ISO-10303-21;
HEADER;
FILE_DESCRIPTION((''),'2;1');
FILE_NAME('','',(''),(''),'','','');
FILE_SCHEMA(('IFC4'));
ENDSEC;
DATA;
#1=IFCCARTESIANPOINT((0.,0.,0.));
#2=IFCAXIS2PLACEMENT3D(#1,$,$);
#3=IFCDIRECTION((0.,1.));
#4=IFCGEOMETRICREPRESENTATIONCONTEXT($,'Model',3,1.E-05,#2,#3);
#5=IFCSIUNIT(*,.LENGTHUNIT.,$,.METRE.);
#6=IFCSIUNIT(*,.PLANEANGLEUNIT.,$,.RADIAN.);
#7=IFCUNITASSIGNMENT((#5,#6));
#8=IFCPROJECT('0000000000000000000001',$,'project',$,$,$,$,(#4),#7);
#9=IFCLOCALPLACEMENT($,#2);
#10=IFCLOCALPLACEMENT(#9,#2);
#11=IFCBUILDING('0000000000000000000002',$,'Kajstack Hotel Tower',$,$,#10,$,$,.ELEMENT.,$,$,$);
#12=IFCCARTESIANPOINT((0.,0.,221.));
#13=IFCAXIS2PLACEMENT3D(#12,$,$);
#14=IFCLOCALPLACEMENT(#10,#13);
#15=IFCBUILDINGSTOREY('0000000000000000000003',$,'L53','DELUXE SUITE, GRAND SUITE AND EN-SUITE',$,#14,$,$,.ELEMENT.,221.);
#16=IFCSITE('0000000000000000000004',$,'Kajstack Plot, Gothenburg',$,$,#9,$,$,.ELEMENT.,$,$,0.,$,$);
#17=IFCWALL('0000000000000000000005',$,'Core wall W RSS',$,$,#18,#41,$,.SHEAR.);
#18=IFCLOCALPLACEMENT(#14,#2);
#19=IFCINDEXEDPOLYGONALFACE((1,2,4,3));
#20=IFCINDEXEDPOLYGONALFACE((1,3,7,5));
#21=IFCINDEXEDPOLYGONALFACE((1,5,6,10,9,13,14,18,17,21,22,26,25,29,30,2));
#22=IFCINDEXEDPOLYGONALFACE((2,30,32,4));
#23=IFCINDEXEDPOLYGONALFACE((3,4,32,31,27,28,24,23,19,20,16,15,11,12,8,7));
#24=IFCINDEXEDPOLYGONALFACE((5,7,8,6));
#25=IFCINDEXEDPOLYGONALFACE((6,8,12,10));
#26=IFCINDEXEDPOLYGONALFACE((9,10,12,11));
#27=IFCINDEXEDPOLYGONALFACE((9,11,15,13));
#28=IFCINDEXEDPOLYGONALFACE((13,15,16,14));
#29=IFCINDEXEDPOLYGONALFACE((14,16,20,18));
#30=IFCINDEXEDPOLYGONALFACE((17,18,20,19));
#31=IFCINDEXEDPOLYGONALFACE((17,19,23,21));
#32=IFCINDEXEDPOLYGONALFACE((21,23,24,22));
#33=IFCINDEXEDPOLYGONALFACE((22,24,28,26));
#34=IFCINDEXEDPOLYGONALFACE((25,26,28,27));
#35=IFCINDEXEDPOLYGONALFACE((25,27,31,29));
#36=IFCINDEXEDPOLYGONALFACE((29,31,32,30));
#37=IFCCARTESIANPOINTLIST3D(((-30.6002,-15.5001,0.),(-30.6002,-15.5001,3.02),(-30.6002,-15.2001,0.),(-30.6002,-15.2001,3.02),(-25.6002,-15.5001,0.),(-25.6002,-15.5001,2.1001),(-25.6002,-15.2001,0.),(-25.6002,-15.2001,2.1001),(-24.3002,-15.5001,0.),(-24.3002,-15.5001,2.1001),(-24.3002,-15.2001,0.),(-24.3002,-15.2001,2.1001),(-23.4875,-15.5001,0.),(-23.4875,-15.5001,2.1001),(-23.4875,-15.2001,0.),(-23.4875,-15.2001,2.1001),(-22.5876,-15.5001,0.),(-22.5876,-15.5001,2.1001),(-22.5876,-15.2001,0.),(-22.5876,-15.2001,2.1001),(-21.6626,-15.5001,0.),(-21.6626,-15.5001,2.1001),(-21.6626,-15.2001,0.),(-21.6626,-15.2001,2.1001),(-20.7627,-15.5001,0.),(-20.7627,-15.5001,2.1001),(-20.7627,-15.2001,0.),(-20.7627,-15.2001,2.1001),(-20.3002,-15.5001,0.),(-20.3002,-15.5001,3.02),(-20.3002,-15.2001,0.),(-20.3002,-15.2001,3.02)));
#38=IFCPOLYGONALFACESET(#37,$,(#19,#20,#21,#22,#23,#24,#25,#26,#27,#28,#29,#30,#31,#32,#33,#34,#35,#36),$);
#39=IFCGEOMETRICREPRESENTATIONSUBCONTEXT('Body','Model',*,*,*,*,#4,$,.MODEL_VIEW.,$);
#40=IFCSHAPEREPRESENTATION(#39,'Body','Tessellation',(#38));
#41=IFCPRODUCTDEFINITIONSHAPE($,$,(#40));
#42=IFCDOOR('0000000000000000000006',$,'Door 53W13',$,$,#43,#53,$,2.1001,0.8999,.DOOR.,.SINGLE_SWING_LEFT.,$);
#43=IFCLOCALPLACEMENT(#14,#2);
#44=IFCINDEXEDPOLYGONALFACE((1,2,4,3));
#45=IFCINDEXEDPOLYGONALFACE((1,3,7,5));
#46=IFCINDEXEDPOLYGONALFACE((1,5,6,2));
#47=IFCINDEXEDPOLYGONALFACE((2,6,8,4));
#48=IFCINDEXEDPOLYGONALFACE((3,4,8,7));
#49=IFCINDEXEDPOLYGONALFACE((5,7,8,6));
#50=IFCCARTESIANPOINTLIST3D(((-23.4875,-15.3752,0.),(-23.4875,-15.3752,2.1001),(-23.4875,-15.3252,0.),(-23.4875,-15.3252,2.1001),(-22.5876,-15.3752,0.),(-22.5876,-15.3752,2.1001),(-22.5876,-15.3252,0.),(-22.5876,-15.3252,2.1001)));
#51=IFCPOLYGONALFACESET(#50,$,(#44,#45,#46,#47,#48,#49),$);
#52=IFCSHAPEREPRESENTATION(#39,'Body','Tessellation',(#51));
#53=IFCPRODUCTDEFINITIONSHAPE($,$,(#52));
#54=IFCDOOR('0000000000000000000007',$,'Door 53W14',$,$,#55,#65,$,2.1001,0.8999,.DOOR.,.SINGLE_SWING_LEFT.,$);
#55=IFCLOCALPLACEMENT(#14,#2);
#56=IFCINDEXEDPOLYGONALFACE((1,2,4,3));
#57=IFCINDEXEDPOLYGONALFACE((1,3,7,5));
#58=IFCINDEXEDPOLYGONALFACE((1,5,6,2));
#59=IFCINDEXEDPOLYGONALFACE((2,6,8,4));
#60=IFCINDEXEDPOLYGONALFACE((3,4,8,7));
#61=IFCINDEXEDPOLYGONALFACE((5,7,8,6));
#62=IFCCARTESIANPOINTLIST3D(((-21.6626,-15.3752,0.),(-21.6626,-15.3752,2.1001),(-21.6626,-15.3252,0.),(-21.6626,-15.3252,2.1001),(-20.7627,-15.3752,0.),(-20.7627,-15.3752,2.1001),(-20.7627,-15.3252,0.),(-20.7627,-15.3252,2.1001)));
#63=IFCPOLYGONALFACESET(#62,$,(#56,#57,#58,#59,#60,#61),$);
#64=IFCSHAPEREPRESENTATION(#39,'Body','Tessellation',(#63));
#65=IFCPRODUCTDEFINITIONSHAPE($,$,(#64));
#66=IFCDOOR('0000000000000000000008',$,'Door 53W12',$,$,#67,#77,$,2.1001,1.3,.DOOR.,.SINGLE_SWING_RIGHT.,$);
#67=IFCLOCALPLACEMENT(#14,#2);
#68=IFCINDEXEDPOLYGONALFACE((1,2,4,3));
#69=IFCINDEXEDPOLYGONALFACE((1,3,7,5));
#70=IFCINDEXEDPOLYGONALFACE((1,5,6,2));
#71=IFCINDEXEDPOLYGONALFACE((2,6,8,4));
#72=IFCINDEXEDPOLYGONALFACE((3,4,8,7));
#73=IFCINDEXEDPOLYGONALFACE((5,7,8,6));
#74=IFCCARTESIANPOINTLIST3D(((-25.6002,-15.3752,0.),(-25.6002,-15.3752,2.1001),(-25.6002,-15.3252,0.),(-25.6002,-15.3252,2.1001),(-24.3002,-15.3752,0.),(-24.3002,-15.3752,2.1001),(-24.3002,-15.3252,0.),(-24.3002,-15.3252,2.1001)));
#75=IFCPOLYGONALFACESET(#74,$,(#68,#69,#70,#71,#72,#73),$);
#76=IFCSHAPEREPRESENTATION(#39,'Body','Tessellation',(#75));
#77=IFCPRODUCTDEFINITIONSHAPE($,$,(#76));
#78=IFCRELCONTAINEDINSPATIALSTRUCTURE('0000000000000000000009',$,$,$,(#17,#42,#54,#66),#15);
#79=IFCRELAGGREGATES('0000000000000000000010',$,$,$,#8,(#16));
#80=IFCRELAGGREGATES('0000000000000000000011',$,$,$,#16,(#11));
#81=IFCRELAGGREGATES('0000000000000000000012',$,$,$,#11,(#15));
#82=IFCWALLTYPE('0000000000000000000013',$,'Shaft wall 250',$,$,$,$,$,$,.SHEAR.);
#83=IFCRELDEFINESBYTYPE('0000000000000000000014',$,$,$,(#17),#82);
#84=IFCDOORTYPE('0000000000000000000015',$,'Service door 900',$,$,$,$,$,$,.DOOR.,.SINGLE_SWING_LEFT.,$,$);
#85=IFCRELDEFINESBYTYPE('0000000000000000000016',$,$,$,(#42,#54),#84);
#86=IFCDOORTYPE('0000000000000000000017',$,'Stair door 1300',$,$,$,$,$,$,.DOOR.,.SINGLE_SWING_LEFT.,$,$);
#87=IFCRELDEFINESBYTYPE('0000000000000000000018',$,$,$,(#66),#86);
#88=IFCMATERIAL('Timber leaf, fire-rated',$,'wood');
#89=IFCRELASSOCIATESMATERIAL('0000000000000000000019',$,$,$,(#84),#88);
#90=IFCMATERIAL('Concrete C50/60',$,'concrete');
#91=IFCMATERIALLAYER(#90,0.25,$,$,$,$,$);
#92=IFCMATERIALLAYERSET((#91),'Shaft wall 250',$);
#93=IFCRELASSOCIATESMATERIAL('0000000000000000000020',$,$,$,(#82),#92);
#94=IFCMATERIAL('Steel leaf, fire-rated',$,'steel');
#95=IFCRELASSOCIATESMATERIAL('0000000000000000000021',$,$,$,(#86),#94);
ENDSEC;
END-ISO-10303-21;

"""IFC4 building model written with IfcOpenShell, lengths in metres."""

from ifc_helpers import new_model, si_unit, direction, frame, frame_2d, origin, place, context, subcontext, project, spatial, rectangle, extrude, material, layer, layer_set, type_object, element, fill, save


model = new_model("IFC4")

# Units and contexts
model_context = context("Model", 3, precision=1e-05, world=origin(), true_north=direction((0.0, 1.0)))
body_context = subcontext(model_context, "Body", "Model", "MODEL_VIEW")
ifc_project = project(units=[si_unit("LENGTHUNIT", "METRE"), si_unit("PLANEANGLEUNIT", "RADIAN")], contexts=[model_context])

# Site, building, storey
site_placement = place(None, origin())
site = spatial("IfcSite", under=ifc_project, at=site_placement, Name="Kajstack Plot, Gothenburg", CompositionType="ELEMENT", RefElevation=0.0)
building_placement = place(site_placement, origin())
building = spatial("IfcBuilding", under=site, at=building_placement, Name="Kajstack Hotel Tower", CompositionType="ELEMENT")
storey_placement = place(building_placement, frame((0.0, 0.0, 221.0)))
storey = spatial("IfcBuildingStorey", under=building, at=storey_placement, Name="L53", Description="DELUXE SUITE, GRAND SUITE AND EN-SUITE", CompositionType="ELEMENT", Elevation=221.0)

# Shared definitions
ifc_material_1 = material(Name="Timber leaf, fire-rated", Category="wood")
door_type_1 = type_object("IfcDoorType", Name="Service door 900", OperationType="SINGLE_SWING_LEFT", PredefinedType="DOOR", material=ifc_material_1)

# Wall, openings, doors
ifc_material_2 = material(Name="Concrete C50/60", Category="concrete")
ifc_layer_1 = layer(ifc_material_2, 0.25)
ifc_layer_set_1 = layer_set([ifc_layer_1], Name="Shaft wall 250")
wall_type_1 = type_object("IfcWallType", Name="Shaft wall 250", PredefinedType="SHEAR", material=ifc_layer_set_1)
wall_1_placement = place(storey_placement, frame((-30.6001, -15.3501, 0.0), z_axis=(0.0, 0.0, 1.0), x_axis=(1.0, 0.0, 0.0)))
wall_1 = element("IfcWall", 1, at=wall_1_placement, inside=storey, type_object=wall_type_1, Name="Core wall W RSS", PredefinedType="SHEAR", context=body_context, shape_type="SweptSolid", body=[
    extrude(rectangle(XDim=10.3, YDim=0.3, at=frame_2d((5.1499, 0.0))), origin(), (0.0, 0.0, 1.0), 3.02),
])
opening_1_placement = place(wall_1_placement, frame((5.0, 0.0, 0.0)))
opening_1 = element("IfcOpeningElement", 2, at=opening_1_placement, cuts=wall_1, PredefinedType="OPENING", context=body_context, shape_type="SweptSolid", body=[
    extrude(rectangle(XDim=1.3, YDim=2.1001, at=frame_2d((0.6499, 1.05))), frame((0.0, 0.1599, 0.0), z_axis=(0.0, -1.0, 0.0), x_axis=(1.0, 0.0, 0.0)), (0.0, 0.0, 1.0), 0.3201),
])
opening_2_placement = place(wall_1_placement, frame((7.1125, 0.0, 0.0)))
opening_2 = element("IfcOpeningElement", 3, at=opening_2_placement, cuts=wall_1, PredefinedType="OPENING", context=body_context, shape_type="SweptSolid", body=[
    extrude(rectangle(XDim=0.8999, YDim=2.1001, at=frame_2d((0.45, 1.05))), frame((0.0, 0.1599, 0.0), z_axis=(0.0, -1.0, 0.0), x_axis=(1.0, 0.0, 0.0)), (0.0, 0.0, 1.0), 0.3201),
])
opening_3_placement = place(wall_1_placement, frame((8.9375, 0.0, 0.0)))
opening_3 = element("IfcOpeningElement", 4, at=opening_3_placement, cuts=wall_1, PredefinedType="OPENING", context=body_context, shape_type="SweptSolid", body=[
    extrude(rectangle(XDim=0.8999, YDim=2.1001, at=frame_2d((0.45, 1.05))), frame((0.0, 0.1599, 0.0), z_axis=(0.0, -1.0, 0.0), x_axis=(1.0, 0.0, 0.0)), (0.0, 0.0, 1.0), 0.3201),
])
door_1_placement = place(opening_2_placement, origin())
door_1 = element("IfcDoor", 5, at=door_1_placement, inside=storey, type_object=door_type_1, Name="Door 53W13", OperationType="SINGLE_SWING_LEFT", OverallHeight=2.1001, OverallWidth=0.8999, PredefinedType="DOOR", context=body_context, shape_type="SweptSolid", body=[
    extrude(rectangle(XDim=0.8999, YDim=2.1001, at=frame_2d((0.45, 1.05))), frame((0.0, 0.0249, 0.0), z_axis=(0.0, -1.0, 0.0), x_axis=(1.0, 0.0, 0.0)), (0.0, 0.0, 1.0), 0.05),
])
fill(opening_2, door_1)
door_2_placement = place(opening_3_placement, origin())
door_2 = element("IfcDoor", 6, at=door_2_placement, inside=storey, type_object=door_type_1, Name="Door 53W14", OperationType="SINGLE_SWING_LEFT", OverallHeight=2.1001, OverallWidth=0.8999, PredefinedType="DOOR", context=body_context, shape_type="SweptSolid", body=[
    extrude(rectangle(XDim=0.8999, YDim=2.1001, at=frame_2d((0.45, 1.05))), frame((0.0, 0.0249, 0.0), z_axis=(0.0, -1.0, 0.0), x_axis=(1.0, 0.0, 0.0)), (0.0, 0.0, 1.0), 0.05),
])
fill(opening_3, door_2)
ifc_material_3 = material(Name="Steel leaf, fire-rated", Category="steel")
door_type_2 = type_object("IfcDoorType", Name="Stair door 1300", OperationType="SINGLE_SWING_LEFT", PredefinedType="DOOR", material=ifc_material_3)
door_3_placement = place(opening_1_placement, origin())
door_3 = element("IfcDoor", 7, at=door_3_placement, inside=storey, type_object=door_type_2, Name="Door 53W12", OperationType="SINGLE_SWING_RIGHT", OverallHeight=2.1001, OverallWidth=1.3, PredefinedType="DOOR", context=body_context, shape_type="SweptSolid", body=[
    extrude(rectangle(XDim=1.3, YDim=2.1001, at=frame_2d((0.6499, 1.05))), frame((0.0, 0.0249, 0.0), z_axis=(0.0, -1.0, 0.0), x_axis=(1.0, 0.0, 0.0)), (0.0, 0.0, 1.0), 0.05),
])
fill(opening_1, door_3)

save(model, "model.ifc")
